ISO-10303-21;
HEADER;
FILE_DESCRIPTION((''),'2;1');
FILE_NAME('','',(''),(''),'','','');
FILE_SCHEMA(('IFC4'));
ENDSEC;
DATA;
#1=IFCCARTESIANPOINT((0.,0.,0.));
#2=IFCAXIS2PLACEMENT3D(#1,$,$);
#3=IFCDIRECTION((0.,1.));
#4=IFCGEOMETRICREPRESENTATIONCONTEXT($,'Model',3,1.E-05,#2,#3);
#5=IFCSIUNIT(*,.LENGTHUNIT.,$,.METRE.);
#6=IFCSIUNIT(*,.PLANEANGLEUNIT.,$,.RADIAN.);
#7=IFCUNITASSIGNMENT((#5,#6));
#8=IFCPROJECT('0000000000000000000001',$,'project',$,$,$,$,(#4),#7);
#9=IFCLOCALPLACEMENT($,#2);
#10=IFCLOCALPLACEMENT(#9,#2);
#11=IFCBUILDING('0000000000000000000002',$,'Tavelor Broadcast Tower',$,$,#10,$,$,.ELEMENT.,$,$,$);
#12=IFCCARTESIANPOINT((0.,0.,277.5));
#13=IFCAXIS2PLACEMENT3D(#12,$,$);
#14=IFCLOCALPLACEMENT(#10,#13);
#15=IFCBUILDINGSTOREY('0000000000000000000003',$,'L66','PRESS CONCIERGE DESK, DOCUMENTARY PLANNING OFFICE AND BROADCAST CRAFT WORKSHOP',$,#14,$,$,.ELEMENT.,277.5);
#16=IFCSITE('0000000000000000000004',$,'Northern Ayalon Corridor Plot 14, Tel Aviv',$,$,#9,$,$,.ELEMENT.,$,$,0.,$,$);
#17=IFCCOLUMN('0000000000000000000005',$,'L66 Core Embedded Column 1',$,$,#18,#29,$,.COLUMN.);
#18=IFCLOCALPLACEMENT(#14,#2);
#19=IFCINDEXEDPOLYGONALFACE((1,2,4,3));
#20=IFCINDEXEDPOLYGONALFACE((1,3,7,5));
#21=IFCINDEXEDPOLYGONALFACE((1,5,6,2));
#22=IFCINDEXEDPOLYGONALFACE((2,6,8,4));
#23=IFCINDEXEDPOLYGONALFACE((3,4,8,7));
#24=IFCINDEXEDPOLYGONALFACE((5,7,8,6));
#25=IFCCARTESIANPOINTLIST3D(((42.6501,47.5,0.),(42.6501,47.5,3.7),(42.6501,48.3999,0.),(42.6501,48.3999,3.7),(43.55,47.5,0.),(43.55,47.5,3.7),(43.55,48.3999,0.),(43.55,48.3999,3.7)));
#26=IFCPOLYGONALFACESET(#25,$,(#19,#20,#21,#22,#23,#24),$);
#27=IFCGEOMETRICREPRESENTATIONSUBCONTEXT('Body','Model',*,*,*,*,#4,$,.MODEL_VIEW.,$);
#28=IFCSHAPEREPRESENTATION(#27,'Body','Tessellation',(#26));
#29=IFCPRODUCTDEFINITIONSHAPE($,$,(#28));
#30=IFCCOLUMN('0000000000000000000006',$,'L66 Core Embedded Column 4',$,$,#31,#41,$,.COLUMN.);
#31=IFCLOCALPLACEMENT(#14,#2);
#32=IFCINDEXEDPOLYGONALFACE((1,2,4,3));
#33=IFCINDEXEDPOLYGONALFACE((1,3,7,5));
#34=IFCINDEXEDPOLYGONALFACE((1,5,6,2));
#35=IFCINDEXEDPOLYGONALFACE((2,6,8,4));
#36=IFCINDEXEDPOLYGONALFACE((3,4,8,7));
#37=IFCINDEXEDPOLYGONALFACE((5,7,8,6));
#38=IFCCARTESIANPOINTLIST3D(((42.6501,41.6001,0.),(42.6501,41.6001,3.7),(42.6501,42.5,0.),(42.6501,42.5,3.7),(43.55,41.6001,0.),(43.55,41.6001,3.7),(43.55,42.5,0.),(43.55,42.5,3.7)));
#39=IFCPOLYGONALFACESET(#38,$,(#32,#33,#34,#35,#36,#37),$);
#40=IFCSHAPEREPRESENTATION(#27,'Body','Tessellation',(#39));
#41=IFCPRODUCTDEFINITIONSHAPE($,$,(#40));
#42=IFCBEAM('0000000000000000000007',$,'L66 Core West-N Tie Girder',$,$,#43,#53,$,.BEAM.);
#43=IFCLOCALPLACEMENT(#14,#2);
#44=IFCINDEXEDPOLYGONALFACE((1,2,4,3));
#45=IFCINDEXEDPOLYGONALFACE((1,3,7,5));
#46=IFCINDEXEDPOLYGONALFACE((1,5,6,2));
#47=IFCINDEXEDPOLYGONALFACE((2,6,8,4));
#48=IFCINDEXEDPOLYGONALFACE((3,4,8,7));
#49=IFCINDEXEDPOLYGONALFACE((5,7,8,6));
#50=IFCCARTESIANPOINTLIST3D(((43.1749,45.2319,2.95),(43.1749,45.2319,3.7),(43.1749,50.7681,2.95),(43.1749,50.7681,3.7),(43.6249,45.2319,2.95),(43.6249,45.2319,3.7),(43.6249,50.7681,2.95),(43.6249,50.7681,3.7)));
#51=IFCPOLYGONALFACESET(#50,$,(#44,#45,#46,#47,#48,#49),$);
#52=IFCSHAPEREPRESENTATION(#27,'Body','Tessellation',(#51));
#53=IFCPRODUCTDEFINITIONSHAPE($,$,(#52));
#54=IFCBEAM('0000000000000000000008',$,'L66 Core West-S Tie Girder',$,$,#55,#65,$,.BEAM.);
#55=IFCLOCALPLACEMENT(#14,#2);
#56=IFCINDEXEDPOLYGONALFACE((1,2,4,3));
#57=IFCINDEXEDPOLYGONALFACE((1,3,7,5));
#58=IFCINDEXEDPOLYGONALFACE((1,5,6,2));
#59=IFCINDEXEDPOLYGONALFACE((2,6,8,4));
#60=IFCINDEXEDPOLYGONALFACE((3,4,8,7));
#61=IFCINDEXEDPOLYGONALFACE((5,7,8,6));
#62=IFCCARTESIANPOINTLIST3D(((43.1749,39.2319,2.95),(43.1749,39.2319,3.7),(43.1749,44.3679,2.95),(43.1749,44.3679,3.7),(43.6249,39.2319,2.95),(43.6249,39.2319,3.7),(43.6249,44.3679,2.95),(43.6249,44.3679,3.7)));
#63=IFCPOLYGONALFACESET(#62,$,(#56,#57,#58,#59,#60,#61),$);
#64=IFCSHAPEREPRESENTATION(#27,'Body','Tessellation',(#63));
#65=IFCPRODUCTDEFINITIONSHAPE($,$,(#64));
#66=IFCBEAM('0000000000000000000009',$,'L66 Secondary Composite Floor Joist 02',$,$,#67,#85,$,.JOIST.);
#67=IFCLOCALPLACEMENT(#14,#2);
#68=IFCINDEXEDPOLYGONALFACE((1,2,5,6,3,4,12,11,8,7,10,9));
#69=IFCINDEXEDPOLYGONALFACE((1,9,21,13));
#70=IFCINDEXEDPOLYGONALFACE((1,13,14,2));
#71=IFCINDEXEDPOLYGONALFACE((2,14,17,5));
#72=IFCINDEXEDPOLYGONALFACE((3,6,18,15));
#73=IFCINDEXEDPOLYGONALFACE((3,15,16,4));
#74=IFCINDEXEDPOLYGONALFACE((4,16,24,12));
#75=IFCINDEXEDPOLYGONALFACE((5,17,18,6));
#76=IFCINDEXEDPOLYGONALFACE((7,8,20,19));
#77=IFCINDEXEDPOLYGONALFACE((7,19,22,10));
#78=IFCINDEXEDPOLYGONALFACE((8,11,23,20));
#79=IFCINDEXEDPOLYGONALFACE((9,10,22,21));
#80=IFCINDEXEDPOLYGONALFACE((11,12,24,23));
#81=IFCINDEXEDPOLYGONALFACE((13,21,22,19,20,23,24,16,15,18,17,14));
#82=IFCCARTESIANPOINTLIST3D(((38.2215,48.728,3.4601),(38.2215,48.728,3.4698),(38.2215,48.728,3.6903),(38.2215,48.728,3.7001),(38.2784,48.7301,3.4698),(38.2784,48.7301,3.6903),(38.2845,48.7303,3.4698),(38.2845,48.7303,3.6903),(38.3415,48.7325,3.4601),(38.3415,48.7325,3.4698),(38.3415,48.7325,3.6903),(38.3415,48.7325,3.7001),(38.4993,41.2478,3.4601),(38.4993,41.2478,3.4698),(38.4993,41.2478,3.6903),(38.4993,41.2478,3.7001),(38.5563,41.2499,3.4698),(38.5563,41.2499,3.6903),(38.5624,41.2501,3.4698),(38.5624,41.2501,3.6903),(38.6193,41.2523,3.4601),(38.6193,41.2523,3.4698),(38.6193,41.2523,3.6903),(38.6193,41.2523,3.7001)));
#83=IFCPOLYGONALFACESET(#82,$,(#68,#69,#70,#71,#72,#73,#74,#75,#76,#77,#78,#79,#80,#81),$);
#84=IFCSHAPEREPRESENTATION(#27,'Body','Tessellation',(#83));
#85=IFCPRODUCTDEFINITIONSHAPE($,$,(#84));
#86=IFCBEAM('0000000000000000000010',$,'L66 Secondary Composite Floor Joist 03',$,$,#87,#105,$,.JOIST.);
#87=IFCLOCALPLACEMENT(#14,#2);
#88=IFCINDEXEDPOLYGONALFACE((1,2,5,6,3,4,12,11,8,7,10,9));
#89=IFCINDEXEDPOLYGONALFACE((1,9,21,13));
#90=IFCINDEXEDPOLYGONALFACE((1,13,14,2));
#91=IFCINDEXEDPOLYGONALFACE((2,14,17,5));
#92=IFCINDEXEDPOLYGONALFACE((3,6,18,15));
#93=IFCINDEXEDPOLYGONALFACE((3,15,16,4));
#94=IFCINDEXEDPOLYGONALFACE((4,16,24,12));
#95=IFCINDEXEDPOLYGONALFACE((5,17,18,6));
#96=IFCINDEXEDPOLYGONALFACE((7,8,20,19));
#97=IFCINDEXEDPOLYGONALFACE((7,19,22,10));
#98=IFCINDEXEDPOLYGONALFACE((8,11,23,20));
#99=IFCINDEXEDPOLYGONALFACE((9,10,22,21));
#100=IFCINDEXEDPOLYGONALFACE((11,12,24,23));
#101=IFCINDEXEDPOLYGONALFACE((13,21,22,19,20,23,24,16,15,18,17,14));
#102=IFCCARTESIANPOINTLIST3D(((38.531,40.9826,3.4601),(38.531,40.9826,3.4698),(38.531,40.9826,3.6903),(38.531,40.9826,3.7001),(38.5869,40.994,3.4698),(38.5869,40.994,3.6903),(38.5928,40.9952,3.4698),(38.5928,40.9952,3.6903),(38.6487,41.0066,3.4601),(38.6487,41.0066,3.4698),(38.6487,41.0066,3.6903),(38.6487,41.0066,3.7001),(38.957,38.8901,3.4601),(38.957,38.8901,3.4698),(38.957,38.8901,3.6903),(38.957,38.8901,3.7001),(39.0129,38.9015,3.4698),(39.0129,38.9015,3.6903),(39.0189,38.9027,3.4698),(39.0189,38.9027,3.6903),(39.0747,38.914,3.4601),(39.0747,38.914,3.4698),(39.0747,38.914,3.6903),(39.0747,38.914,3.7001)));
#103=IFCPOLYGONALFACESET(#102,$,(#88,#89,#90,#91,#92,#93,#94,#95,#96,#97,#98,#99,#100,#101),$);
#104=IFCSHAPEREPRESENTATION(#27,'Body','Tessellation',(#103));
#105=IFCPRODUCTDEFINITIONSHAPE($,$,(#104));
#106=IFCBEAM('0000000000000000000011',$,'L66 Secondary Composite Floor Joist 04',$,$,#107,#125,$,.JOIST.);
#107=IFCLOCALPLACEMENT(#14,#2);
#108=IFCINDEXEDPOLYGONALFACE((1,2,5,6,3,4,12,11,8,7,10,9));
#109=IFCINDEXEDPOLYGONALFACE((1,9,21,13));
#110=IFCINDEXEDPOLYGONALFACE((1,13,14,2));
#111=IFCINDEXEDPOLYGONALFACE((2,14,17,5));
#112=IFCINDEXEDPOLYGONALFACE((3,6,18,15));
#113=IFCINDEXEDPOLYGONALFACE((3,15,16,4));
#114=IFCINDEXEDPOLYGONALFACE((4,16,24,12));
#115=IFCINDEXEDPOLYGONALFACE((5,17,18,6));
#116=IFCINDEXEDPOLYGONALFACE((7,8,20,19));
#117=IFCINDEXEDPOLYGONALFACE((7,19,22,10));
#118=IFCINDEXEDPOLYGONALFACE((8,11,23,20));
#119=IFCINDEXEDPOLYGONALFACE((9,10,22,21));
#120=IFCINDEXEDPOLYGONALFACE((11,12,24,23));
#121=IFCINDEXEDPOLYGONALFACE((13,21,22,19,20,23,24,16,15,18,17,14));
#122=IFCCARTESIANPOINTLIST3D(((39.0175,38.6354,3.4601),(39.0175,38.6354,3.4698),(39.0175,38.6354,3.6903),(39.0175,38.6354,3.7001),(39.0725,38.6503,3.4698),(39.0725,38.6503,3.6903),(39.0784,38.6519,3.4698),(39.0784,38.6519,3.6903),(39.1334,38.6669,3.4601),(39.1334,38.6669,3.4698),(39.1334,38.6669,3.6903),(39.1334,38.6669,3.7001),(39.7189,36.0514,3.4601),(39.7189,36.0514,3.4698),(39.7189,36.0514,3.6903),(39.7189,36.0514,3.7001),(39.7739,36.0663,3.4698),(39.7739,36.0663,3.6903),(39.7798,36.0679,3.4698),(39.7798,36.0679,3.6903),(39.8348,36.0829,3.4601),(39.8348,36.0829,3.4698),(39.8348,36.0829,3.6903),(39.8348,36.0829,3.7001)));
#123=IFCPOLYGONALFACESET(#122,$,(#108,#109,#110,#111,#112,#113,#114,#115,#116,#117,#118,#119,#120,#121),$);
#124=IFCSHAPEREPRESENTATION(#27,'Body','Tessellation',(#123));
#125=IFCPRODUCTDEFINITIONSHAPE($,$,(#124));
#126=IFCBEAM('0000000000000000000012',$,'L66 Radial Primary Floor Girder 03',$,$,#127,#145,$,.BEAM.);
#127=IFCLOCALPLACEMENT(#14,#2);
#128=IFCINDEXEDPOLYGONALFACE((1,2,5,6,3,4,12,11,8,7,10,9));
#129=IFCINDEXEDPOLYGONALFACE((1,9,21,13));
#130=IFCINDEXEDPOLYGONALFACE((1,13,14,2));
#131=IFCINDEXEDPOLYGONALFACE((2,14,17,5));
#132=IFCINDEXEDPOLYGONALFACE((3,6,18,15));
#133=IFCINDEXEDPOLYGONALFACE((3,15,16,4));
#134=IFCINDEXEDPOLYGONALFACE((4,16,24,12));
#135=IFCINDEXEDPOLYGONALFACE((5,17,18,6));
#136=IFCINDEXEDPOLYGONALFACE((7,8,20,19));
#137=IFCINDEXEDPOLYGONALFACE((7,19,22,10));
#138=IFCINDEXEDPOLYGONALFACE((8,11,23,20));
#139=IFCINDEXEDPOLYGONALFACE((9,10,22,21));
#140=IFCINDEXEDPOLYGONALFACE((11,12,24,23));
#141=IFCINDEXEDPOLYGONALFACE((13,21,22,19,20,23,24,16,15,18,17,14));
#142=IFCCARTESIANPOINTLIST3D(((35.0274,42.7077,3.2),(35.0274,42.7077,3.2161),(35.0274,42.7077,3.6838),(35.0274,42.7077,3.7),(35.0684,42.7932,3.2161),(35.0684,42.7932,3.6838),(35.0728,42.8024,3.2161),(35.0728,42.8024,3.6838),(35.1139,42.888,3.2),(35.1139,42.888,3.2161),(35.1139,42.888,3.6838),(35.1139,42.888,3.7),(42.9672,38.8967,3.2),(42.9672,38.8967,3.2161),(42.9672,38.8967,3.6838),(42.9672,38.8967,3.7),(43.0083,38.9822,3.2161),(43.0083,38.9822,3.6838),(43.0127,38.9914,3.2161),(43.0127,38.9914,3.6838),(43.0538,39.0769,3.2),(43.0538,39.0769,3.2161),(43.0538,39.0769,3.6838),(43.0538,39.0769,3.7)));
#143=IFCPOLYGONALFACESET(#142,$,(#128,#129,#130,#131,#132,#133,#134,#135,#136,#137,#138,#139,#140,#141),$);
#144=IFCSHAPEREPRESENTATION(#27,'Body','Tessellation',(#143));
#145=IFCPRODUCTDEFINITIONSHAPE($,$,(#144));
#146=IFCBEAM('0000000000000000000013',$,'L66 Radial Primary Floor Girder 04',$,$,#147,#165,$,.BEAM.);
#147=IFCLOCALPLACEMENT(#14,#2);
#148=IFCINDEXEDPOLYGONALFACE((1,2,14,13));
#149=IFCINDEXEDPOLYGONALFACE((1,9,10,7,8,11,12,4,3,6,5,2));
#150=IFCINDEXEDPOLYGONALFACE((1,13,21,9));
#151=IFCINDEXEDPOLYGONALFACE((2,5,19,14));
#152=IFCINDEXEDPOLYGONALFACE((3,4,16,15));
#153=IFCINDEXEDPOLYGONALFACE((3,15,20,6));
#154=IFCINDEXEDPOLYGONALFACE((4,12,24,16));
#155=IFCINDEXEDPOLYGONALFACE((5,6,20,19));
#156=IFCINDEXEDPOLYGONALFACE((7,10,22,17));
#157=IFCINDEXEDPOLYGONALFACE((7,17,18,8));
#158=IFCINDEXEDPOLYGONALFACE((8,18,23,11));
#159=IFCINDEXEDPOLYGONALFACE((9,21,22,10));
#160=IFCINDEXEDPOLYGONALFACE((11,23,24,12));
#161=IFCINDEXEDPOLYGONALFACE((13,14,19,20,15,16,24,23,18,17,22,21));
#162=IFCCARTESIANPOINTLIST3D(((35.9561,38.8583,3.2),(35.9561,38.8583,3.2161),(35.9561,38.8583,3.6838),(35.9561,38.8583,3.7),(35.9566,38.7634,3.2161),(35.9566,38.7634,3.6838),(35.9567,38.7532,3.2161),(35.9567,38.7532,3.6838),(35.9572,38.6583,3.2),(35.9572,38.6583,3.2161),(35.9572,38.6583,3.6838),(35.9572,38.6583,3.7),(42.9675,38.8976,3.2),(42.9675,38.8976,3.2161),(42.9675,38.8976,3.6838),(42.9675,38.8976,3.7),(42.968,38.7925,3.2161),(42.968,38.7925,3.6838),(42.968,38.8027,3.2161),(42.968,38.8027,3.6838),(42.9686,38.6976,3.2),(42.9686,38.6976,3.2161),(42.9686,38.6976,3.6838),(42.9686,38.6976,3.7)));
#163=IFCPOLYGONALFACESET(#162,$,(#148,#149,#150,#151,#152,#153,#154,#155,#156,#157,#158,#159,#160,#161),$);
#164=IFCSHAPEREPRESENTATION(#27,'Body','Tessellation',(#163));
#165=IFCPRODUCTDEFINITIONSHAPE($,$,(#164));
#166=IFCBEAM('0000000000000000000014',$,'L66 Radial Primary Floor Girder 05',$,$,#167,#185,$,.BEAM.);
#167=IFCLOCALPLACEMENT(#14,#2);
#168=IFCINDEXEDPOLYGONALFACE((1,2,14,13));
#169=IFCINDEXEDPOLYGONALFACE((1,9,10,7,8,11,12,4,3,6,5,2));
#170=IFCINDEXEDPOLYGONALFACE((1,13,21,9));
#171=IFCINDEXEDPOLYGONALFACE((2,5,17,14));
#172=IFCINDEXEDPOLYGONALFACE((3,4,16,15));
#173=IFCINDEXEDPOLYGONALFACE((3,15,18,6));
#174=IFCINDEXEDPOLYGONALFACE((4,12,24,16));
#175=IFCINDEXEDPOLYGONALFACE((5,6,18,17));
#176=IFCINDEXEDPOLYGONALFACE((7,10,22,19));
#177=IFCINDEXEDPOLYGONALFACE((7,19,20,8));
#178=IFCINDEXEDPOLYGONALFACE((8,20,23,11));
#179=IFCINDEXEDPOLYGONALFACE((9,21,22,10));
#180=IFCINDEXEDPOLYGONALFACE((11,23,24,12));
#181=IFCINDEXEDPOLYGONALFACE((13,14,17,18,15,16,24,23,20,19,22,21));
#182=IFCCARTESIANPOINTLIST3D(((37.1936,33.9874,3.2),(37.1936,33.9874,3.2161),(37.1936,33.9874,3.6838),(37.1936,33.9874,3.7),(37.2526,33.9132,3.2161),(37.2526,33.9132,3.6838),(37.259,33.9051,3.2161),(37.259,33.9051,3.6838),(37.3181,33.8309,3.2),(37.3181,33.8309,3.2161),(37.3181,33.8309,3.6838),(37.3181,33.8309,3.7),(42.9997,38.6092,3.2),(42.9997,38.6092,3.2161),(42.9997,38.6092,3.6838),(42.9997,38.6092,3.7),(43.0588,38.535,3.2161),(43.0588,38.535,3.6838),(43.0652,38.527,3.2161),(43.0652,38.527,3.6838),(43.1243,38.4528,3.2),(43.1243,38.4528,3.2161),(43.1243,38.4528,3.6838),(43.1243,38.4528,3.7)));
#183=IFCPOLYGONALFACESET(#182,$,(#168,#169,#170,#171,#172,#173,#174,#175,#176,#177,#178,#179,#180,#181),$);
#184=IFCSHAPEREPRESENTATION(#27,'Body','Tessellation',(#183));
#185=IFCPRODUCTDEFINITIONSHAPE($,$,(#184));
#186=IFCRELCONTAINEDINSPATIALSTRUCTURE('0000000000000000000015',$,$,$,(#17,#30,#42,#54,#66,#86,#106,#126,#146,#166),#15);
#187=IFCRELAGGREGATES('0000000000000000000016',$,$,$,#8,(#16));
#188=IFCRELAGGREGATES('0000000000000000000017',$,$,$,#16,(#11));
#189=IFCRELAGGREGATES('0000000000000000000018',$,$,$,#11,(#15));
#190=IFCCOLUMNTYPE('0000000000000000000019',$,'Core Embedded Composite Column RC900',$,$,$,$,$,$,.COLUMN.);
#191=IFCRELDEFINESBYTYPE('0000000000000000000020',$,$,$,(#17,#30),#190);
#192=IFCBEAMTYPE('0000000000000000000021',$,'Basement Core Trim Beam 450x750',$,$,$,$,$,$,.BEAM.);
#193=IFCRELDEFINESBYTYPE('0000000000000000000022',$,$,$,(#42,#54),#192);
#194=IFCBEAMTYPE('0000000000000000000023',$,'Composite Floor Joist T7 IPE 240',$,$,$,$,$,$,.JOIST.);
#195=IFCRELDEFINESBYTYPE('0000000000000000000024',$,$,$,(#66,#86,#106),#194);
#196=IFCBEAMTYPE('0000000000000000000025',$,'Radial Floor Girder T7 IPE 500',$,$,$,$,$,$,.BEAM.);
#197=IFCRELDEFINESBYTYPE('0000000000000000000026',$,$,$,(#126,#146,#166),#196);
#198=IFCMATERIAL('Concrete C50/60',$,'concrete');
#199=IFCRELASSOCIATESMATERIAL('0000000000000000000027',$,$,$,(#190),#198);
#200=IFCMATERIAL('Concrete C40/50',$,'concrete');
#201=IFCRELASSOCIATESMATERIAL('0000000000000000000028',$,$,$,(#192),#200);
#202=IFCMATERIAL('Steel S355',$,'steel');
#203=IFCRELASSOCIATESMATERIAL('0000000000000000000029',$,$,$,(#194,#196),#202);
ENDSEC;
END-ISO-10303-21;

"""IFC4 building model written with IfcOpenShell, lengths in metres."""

from ifc_helpers import new_model, si_unit, direction, frame, origin, origin_2d, place, context, subcontext, project, spatial, rectangle, i_section, extrude, material, material_profile, profile_set, type_object, element, save


model = new_model("IFC4")

# Units and contexts
model_context = context("Model", 3, precision=1e-05, world=origin(), true_north=direction((0.0, 1.0)))
body_context = subcontext(model_context, "Body", "Model", "MODEL_VIEW")
ifc_project = project(units=[si_unit("LENGTHUNIT", "METRE"), si_unit("PLANEANGLEUNIT", "RADIAN")], contexts=[model_context])

# Site, building, storey
site_placement = place(None, origin())
site = spatial("IfcSite", under=ifc_project, at=site_placement, Name="Northern Ayalon Corridor Plot 14, Tel Aviv", CompositionType="ELEMENT", RefElevation=0.0)
building_placement = place(site_placement, origin())
building = spatial("IfcBuilding", under=site, at=building_placement, Name="Tavelor Broadcast Tower", CompositionType="ELEMENT")
storey_placement = place(building_placement, frame((0.0, 0.0, 277.5)))
storey = spatial("IfcBuildingStorey", under=building, at=storey_placement, Name="L66", Description="PRESS CONCIERGE DESK, DOCUMENTARY PLANNING OFFICE AND BROADCAST CRAFT WORKSHOP", CompositionType="ELEMENT", Elevation=277.5)

# Columns
ifc_material_1 = material(Name="Concrete C50/60", Category="concrete")
ifc_material_profile_1 = material_profile(ifc_material_1, rectangle(XDim=0.8999, YDim=0.8999, at=origin_2d()), Name="RC 900x900")
ifc_profile_set_1 = profile_set([ifc_material_profile_1], Name="Concrete C50/60")
column_type = type_object("IfcColumnType", Name="Core Embedded Composite Column RC900", PredefinedType="COLUMN", material=ifc_profile_set_1)
for number, where, z_axis, x_axis, name in (
    (1, (43.1001, 47.95, 0.0), (0.0, 0.0, 1.0), (1.0, 0.0, 0.0), "L66 Core Embedded Column 1"),
    (2, (43.1001, 42.05, 0.0), (0.0, 0.0, 1.0), (1.0, 0.0, 0.0), "L66 Core Embedded Column 4"),
):
    element("IfcColumn", number, at=place(storey_placement, frame(where, z_axis=z_axis, x_axis=x_axis)), inside=storey, type_object=column_type, Name=name, PredefinedType="COLUMN", context=body_context, shape_type="SweptSolid", body=[
        extrude(rectangle(XDim=0.8999, YDim=0.8999, at=origin_2d()), origin(), (0.0, 0.0, 1.0), 3.7),
    ])

# Beams
ifc_material_2 = material(Name="Concrete C40/50", Category="concrete")
ifc_material_profile_2 = material_profile(ifc_material_2, rectangle(XDim=0.45, YDim=0.75, at=origin_2d()), Name="RC 450x750")
ifc_profile_set_2 = profile_set([ifc_material_profile_2], Name="Concrete C40/50")
beam_type_1 = type_object("IfcBeamType", Name="Basement Core Trim Beam 450x750", PredefinedType="BEAM", material=ifc_profile_set_2)
beam_1_placement = place(storey_placement, frame((43.3999, 45.2319, 3.325), z_axis=(0.0, 1.0, 0.0), x_axis=(-1.0, 0.0, 0.0)))
element("IfcBeam", 3, at=beam_1_placement, inside=storey, type_object=beam_type_1, Name="L66 Core West-N Tie Girder", PredefinedType="BEAM", context=body_context, shape_type="SweptSolid", body=[
    extrude(rectangle(XDim=0.45, YDim=0.75, at=origin_2d()), origin(), (0.0, 0.0, 1.0), 5.5361),
])
beam_2_placement = place(storey_placement, frame((43.3999, 39.2319, 3.325), z_axis=(0.0, 1.0, 0.0), x_axis=(-1.0, 0.0, 0.0)))
element("IfcBeam", 4, at=beam_2_placement, inside=storey, type_object=beam_type_1, Name="L66 Core West-S Tie Girder", PredefinedType="BEAM", context=body_context, shape_type="SweptSolid", body=[
    extrude(rectangle(XDim=0.45, YDim=0.75, at=origin_2d()), origin(), (0.0, 0.0, 1.0), 5.136),
])
ifc_material_3 = material(Name="Steel S355", Category="steel")
ifc_material_profile_3 = material_profile(ifc_material_3, i_section(OverallWidth=0.1201, OverallDepth=0.24, WebThickness=0.0061, FlangeThickness=0.0098, at=origin_2d()), Name="IPE 240")
ifc_profile_set_3 = profile_set([ifc_material_profile_3], Name="Steel S355")
beam_type_2 = type_object("IfcBeamType", Name="Composite Floor Joist T7 IPE 240", PredefinedType="JOIST", material=ifc_profile_set_3)
beam_3_placement = place(storey_placement, frame((38.2815, 48.7302, 3.5801), z_axis=(0.037117, -0.999311, 0.0), x_axis=(0.999311, 0.037117, 0.0)))
element("IfcBeam", 5, at=beam_3_placement, inside=storey, type_object=beam_type_2, Name="L66 Secondary Composite Floor Joist 02", PredefinedType="JOIST", context=body_context, shape_type="SweptSolid", body=[
    extrude(i_section(OverallWidth=0.1201, OverallDepth=0.24, WebThickness=0.0061, FlangeThickness=0.0098, at=origin_2d()), origin(), (0.0, 0.0, 1.0), 7.4854),
])
beam_4_placement = place(storey_placement, frame((38.5898, 40.9946, 3.5801), z_axis=(0.199501, -0.979898, 0.0), x_axis=(0.979898, 0.199501, 0.0)))
element("IfcBeam", 6, at=beam_4_placement, inside=storey, type_object=beam_type_2, Name="L66 Secondary Composite Floor Joist 03", PredefinedType="JOIST", context=body_context, shape_type="SweptSolid", body=[
    extrude(i_section(OverallWidth=0.1201, OverallDepth=0.24, WebThickness=0.0061, FlangeThickness=0.0098, at=origin_2d()), origin(), (0.0, 0.0, 1.0), 2.1355),
])
beam_5_placement = place(storey_placement, frame((39.0754, 38.6511, 3.5801), z_axis=(0.261968, -0.965077, 0.0), x_axis=(0.965077, 0.261968, 0.0)))
element("IfcBeam", 7, at=beam_5_placement, inside=storey, type_object=beam_type_2, Name="L66 Secondary Composite Floor Joist 04", PredefinedType="JOIST", context=body_context, shape_type="SweptSolid", body=[
    extrude(i_section(OverallWidth=0.1201, OverallDepth=0.24, WebThickness=0.0061, FlangeThickness=0.0098, at=origin_2d()), origin(), (0.0, 0.0, 1.0), 2.6775),
])
ifc_material_profile_4 = material_profile(ifc_material_3, i_section(OverallWidth=0.2, OverallDepth=0.5, WebThickness=0.0103, FlangeThickness=0.0161, at=origin_2d()), Name="IPE 500")
ifc_profile_set_4 = profile_set([ifc_material_profile_4], Name="Steel S355")
beam_type_3 = type_object("IfcBeamType", Name="Radial Floor Girder T7 IPE 500", PredefinedType="BEAM", material=ifc_profile_set_4)
beam_6_placement = place(storey_placement, frame((43.0105, 38.9868, 3.45), z_axis=(-0.901529, 0.432718, 0.0), x_axis=(-0.432718, -0.901529, 0.0)))
element("IfcBeam", 8, at=beam_6_placement, inside=storey, type_object=beam_type_3, Name="L66 Radial Primary Floor Girder 03", PredefinedType="BEAM", context=body_context, shape_type="SweptSolid", body=[
    extrude(i_section(OverallWidth=0.2, OverallDepth=0.5, WebThickness=0.0103, FlangeThickness=0.0161, at=origin_2d()), origin(), (0.0, 0.0, 1.0), 8.8071),
])
beam_7_placement = place(storey_placement, frame((42.968, 38.7976, 3.45), z_axis=(-0.999984, -0.005606, 0.0), x_axis=(0.005606, -0.999984, 0.0)))
element("IfcBeam", 9, at=beam_7_placement, inside=storey, type_object=beam_type_3, Name="L66 Radial Primary Floor Girder 04", PredefinedType="BEAM", context=body_context, shape_type="SweptSolid", body=[
    extrude(i_section(OverallWidth=0.2, OverallDepth=0.5, WebThickness=0.0103, FlangeThickness=0.0161, at=origin_2d()), origin(), (0.0, 0.0, 1.0), 7.0115),
])
beam_8_placement = place(storey_placement, frame((43.062, 38.531, 3.45), z_axis=(-0.782385, -0.622796, 0.0), x_axis=(0.622796, -0.782385, 0.0)))
element("IfcBeam", 10, at=beam_8_placement, inside=storey, type_object=beam_type_3, Name="L66 Radial Primary Floor Girder 05", PredefinedType="BEAM", context=body_context, shape_type="SweptSolid", body=[
    extrude(i_section(OverallWidth=0.2, OverallDepth=0.5, WebThickness=0.0103, FlangeThickness=0.0161, at=origin_2d()), origin(), (0.0, 0.0, 1.0), 7.4211),
])

save(model, "model.ifc")
